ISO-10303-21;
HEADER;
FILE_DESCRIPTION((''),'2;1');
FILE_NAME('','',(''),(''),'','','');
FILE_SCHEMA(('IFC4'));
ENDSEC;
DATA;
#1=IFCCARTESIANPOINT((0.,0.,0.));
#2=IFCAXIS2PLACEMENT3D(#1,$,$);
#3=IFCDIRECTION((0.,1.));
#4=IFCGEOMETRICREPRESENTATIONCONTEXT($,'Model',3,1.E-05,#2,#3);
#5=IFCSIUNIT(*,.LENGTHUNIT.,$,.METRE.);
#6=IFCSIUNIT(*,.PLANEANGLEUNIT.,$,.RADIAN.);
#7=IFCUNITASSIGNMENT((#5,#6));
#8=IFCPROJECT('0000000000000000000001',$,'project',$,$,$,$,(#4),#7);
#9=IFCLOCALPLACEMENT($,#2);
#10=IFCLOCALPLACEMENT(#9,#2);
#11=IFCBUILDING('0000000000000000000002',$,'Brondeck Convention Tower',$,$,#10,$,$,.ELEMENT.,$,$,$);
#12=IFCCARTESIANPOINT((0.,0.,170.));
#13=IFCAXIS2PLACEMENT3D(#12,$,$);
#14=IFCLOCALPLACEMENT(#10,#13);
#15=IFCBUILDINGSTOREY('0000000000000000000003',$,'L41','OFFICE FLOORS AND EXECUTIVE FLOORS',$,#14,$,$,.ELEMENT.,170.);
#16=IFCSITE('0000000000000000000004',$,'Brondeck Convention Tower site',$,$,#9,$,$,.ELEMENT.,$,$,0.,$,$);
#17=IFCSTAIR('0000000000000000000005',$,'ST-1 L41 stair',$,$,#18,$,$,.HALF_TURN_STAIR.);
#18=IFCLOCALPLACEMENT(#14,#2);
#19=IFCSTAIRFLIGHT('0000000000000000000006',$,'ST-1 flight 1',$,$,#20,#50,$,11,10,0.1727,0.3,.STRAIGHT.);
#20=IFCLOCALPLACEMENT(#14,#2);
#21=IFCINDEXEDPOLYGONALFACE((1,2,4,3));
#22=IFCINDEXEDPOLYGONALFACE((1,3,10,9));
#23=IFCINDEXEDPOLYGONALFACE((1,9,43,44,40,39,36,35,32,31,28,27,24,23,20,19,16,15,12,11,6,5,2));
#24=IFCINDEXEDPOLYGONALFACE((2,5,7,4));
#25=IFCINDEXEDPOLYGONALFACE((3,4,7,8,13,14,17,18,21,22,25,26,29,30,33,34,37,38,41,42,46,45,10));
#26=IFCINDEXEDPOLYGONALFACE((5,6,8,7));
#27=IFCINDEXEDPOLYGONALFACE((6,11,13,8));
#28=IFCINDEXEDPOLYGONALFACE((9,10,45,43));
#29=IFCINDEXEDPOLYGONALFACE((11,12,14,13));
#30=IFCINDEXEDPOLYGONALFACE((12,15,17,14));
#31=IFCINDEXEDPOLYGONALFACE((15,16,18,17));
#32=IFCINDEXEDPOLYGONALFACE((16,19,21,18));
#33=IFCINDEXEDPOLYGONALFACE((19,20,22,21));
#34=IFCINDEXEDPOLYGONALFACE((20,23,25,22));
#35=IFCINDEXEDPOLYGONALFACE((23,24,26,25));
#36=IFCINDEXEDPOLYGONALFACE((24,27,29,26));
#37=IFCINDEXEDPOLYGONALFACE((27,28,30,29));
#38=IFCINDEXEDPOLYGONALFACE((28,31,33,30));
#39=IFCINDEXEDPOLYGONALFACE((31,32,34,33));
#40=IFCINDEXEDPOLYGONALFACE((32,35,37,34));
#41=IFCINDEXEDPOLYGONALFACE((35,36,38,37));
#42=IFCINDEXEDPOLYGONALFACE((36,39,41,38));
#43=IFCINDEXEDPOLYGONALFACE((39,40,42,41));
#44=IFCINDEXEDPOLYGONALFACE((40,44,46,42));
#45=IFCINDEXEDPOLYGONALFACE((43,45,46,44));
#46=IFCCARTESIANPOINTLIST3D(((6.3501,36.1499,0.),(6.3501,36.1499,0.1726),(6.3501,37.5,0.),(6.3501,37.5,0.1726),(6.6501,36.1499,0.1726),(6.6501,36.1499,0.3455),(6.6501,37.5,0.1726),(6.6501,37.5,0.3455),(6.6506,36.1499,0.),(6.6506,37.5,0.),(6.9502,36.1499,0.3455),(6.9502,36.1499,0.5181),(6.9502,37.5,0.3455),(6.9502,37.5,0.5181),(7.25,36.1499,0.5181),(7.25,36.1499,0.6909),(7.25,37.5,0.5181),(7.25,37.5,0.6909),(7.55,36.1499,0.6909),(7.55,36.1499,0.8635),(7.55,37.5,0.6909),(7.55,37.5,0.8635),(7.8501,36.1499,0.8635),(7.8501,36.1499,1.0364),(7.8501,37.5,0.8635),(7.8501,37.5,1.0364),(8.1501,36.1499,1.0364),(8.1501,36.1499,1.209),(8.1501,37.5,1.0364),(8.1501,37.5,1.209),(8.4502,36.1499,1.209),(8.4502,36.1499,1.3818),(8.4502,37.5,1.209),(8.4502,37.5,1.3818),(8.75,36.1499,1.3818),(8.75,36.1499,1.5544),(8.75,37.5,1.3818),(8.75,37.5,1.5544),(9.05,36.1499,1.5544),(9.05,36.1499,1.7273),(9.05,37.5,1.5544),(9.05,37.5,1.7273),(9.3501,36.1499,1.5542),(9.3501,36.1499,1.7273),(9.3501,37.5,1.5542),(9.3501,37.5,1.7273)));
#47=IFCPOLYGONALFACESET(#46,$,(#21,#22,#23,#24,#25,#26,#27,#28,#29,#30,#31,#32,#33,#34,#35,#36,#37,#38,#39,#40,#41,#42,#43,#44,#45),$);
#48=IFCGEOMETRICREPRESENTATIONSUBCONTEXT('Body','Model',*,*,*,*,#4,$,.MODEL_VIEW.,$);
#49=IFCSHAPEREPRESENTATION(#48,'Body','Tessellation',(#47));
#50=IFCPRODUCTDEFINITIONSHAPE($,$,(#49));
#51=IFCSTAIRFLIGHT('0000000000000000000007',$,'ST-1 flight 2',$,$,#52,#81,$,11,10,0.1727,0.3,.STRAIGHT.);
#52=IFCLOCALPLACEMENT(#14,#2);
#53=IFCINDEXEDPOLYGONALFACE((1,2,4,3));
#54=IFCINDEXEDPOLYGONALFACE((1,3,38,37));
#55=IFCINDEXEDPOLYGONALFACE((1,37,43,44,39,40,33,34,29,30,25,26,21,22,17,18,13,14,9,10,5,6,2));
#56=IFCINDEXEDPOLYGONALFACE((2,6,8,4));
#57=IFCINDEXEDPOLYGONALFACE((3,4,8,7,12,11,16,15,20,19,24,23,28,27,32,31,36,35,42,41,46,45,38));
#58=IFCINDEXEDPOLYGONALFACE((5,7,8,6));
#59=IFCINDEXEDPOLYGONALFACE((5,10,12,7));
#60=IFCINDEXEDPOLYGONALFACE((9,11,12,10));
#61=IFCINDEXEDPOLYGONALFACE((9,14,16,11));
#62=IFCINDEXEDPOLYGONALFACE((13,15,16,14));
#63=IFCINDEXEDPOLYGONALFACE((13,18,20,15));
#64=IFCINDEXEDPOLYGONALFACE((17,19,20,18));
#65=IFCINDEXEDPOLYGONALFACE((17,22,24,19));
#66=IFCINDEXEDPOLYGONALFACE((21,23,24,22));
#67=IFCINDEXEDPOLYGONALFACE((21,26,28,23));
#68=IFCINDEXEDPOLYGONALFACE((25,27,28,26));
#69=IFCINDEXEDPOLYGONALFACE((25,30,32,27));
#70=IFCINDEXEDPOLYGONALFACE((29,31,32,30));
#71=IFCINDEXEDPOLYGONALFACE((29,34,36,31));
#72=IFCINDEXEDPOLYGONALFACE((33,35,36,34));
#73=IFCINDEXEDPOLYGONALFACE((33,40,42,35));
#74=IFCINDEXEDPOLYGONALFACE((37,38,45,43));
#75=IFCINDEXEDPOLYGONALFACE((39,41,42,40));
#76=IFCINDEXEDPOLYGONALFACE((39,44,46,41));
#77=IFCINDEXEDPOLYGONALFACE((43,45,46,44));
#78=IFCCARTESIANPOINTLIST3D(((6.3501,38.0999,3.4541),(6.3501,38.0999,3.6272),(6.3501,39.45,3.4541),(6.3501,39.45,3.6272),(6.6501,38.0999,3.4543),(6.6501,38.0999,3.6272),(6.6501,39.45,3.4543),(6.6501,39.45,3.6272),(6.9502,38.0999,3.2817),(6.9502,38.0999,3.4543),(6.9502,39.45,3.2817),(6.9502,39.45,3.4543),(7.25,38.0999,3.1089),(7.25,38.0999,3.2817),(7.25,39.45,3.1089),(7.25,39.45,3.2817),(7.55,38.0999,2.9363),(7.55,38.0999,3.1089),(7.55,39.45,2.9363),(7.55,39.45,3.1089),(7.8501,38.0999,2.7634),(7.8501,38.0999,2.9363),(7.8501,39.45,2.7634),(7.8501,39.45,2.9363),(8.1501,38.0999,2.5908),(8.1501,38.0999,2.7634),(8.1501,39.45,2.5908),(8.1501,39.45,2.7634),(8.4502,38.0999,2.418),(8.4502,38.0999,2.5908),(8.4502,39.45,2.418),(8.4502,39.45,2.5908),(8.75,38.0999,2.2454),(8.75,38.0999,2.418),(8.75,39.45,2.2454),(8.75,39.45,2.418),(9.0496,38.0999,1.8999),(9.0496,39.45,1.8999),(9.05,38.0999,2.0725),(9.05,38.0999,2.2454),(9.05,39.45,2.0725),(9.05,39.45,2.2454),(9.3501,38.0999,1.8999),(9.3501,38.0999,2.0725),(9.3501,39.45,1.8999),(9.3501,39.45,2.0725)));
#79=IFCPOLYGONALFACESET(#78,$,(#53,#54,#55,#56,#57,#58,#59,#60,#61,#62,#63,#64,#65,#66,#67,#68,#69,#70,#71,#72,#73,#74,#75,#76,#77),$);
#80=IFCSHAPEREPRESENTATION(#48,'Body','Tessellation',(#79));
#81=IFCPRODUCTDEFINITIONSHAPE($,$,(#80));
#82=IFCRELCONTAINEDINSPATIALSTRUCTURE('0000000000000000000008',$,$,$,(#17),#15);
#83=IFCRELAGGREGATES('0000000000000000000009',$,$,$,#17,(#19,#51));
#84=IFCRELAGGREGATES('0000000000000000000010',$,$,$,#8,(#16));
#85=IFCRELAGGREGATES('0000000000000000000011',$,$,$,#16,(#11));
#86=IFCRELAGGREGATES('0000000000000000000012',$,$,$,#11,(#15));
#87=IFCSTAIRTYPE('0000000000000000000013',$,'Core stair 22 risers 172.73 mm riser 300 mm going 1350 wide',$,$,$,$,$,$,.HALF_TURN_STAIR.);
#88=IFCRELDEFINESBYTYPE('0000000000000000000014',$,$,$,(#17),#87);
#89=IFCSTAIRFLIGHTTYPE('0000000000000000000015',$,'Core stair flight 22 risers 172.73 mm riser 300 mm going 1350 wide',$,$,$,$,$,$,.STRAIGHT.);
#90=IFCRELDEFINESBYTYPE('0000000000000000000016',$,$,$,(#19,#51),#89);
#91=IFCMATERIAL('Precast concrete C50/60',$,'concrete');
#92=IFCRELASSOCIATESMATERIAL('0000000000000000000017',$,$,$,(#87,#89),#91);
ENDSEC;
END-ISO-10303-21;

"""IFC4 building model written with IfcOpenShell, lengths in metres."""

from ifc_helpers import new_model, si_unit, direction, frame, origin, place, context, subcontext, project, spatial, polyline, outline, extrude, material, type_object, element, aggregate, save


model = new_model("IFC4")

# Units and contexts
model_context = context("Model", 3, precision=1e-05, world=origin(), true_north=direction((0.0, 1.0)))
body_context = subcontext(model_context, "Body", "Model", "MODEL_VIEW")
ifc_project = project(units=[si_unit("LENGTHUNIT", "METRE"), si_unit("PLANEANGLEUNIT", "RADIAN")], contexts=[model_context])

# Site, building, storey
site_placement = place(None, origin())
site = spatial("IfcSite", under=ifc_project, at=site_placement, Name="Brondeck Convention Tower site", CompositionType="ELEMENT", RefElevation=0.0)
building_placement = place(site_placement, origin())
building = spatial("IfcBuilding", under=site, at=building_placement, Name="Brondeck Convention Tower", CompositionType="ELEMENT")
storey_placement = place(building_placement, frame((0.0, 0.0, 170.0)))
storey = spatial("IfcBuildingStorey", under=building, at=storey_placement, Name="L41", Description="OFFICE FLOORS AND EXECUTIVE FLOORS", CompositionType="ELEMENT", Elevation=170.0)

# Stair, stair flights
ifc_material_1 = material(Name="Precast concrete C50/60", Category="concrete")
stair_type = type_object("IfcStairType", Name="Core stair 22 risers 172.73 mm riser 300 mm going 1350 wide", PredefinedType="HALF_TURN_STAIR", material=ifc_material_1)
stair_placement = place(storey_placement, origin())
stair = element("IfcStair", 1, at=stair_placement, inside=storey, type_object=stair_type, Name="ST-1 L41 stair", PredefinedType="HALF_TURN_STAIR")
stair_flight_type = type_object("IfcStairFlightType", Name="Core stair flight 22 risers 172.73 mm riser 300 mm going 1350 wide", PredefinedType="STRAIGHT", material=ifc_material_1)
stair_flight_1_placement = place(storey_placement, frame((6.3501, 36.825, 0.0), z_axis=(0.0, 0.0, 1.0), x_axis=(1.0, 0.0, 0.0)))
stair_flight_1 = element("IfcStairFlight", 2, at=stair_flight_1_placement, type_object=stair_flight_type, Name="ST-1 flight 1", NumberOfRisers=11, NumberOfTreads=10, PredefinedType="STRAIGHT", RiserHeight=0.1727, TreadLength=0.3, context=body_context, shape_type="SweptSolid", body=[
    extrude(outline(polyline([(0.0, 0.0), (0.0, 0.1726), (0.3, 0.1726), (0.3, 0.3455), (0.6001, 0.3455), (0.6001, 0.5181), (0.8999, 0.5181), (0.8999, 0.6909), (1.2, 0.6909), (1.2, 0.8635), (1.5, 0.8635), (1.5, 1.0364), (1.8, 1.0364), (1.8, 1.209), (2.1001, 1.209), (2.1001, 1.3818), (2.3999, 1.3818), (2.3999, 1.5544), (2.7, 1.5544), (2.7, 1.7273), (3.0, 1.7273), (3.0, 1.8999), (3.0, 1.5542), (0.3005, 0.0), (0.0, 0.0)])), frame((0.0, 0.675, 0.0), z_axis=(0.0, -1.0, 0.0), x_axis=(1.0, 0.0, 0.0)), (0.0, 0.0, 1.0), 1.3501),
])
stair_flight_2_placement = place(storey_placement, frame((9.3501, 38.7749, 1.8999), z_axis=(0.0, 0.0, 1.0), x_axis=(-1.0, 0.0, 0.0)))
stair_flight_2 = element("IfcStairFlight", 3, at=stair_flight_2_placement, type_object=stair_flight_type, Name="ST-1 flight 2", NumberOfRisers=11, NumberOfTreads=10, PredefinedType="STRAIGHT", RiserHeight=0.1727, TreadLength=0.3, context=body_context, shape_type="SweptSolid", body=[
    extrude(outline(polyline([(0.0, 0.0), (0.0, 0.1726), (0.3, 0.1726), (0.3, 0.3455), (0.6001, 0.3455), (0.6001, 0.5181), (0.8999, 0.5181), (0.8999, 0.6909), (1.2, 0.6909), (1.2, 0.8635), (1.5, 0.8635), (1.5, 1.0364), (1.8, 1.0364), (1.8, 1.209), (2.1001, 1.209), (2.1001, 1.3818), (2.3999, 1.3818), (2.3999, 1.5544), (2.7, 1.5544), (2.7, 1.7273), (3.0, 1.7273), (3.0, 1.8999), (3.0, 1.5542), (0.3005, 0.0), (0.0, 0.0)])), frame((0.0, 0.675, 0.0), z_axis=(0.0, -1.0, 0.0), x_axis=(1.0, 0.0, 0.0)), (0.0, 0.0, 1.0), 1.3501),
])
aggregate(stair, [stair_flight_1, stair_flight_2])

save(model, "model.ifc")
